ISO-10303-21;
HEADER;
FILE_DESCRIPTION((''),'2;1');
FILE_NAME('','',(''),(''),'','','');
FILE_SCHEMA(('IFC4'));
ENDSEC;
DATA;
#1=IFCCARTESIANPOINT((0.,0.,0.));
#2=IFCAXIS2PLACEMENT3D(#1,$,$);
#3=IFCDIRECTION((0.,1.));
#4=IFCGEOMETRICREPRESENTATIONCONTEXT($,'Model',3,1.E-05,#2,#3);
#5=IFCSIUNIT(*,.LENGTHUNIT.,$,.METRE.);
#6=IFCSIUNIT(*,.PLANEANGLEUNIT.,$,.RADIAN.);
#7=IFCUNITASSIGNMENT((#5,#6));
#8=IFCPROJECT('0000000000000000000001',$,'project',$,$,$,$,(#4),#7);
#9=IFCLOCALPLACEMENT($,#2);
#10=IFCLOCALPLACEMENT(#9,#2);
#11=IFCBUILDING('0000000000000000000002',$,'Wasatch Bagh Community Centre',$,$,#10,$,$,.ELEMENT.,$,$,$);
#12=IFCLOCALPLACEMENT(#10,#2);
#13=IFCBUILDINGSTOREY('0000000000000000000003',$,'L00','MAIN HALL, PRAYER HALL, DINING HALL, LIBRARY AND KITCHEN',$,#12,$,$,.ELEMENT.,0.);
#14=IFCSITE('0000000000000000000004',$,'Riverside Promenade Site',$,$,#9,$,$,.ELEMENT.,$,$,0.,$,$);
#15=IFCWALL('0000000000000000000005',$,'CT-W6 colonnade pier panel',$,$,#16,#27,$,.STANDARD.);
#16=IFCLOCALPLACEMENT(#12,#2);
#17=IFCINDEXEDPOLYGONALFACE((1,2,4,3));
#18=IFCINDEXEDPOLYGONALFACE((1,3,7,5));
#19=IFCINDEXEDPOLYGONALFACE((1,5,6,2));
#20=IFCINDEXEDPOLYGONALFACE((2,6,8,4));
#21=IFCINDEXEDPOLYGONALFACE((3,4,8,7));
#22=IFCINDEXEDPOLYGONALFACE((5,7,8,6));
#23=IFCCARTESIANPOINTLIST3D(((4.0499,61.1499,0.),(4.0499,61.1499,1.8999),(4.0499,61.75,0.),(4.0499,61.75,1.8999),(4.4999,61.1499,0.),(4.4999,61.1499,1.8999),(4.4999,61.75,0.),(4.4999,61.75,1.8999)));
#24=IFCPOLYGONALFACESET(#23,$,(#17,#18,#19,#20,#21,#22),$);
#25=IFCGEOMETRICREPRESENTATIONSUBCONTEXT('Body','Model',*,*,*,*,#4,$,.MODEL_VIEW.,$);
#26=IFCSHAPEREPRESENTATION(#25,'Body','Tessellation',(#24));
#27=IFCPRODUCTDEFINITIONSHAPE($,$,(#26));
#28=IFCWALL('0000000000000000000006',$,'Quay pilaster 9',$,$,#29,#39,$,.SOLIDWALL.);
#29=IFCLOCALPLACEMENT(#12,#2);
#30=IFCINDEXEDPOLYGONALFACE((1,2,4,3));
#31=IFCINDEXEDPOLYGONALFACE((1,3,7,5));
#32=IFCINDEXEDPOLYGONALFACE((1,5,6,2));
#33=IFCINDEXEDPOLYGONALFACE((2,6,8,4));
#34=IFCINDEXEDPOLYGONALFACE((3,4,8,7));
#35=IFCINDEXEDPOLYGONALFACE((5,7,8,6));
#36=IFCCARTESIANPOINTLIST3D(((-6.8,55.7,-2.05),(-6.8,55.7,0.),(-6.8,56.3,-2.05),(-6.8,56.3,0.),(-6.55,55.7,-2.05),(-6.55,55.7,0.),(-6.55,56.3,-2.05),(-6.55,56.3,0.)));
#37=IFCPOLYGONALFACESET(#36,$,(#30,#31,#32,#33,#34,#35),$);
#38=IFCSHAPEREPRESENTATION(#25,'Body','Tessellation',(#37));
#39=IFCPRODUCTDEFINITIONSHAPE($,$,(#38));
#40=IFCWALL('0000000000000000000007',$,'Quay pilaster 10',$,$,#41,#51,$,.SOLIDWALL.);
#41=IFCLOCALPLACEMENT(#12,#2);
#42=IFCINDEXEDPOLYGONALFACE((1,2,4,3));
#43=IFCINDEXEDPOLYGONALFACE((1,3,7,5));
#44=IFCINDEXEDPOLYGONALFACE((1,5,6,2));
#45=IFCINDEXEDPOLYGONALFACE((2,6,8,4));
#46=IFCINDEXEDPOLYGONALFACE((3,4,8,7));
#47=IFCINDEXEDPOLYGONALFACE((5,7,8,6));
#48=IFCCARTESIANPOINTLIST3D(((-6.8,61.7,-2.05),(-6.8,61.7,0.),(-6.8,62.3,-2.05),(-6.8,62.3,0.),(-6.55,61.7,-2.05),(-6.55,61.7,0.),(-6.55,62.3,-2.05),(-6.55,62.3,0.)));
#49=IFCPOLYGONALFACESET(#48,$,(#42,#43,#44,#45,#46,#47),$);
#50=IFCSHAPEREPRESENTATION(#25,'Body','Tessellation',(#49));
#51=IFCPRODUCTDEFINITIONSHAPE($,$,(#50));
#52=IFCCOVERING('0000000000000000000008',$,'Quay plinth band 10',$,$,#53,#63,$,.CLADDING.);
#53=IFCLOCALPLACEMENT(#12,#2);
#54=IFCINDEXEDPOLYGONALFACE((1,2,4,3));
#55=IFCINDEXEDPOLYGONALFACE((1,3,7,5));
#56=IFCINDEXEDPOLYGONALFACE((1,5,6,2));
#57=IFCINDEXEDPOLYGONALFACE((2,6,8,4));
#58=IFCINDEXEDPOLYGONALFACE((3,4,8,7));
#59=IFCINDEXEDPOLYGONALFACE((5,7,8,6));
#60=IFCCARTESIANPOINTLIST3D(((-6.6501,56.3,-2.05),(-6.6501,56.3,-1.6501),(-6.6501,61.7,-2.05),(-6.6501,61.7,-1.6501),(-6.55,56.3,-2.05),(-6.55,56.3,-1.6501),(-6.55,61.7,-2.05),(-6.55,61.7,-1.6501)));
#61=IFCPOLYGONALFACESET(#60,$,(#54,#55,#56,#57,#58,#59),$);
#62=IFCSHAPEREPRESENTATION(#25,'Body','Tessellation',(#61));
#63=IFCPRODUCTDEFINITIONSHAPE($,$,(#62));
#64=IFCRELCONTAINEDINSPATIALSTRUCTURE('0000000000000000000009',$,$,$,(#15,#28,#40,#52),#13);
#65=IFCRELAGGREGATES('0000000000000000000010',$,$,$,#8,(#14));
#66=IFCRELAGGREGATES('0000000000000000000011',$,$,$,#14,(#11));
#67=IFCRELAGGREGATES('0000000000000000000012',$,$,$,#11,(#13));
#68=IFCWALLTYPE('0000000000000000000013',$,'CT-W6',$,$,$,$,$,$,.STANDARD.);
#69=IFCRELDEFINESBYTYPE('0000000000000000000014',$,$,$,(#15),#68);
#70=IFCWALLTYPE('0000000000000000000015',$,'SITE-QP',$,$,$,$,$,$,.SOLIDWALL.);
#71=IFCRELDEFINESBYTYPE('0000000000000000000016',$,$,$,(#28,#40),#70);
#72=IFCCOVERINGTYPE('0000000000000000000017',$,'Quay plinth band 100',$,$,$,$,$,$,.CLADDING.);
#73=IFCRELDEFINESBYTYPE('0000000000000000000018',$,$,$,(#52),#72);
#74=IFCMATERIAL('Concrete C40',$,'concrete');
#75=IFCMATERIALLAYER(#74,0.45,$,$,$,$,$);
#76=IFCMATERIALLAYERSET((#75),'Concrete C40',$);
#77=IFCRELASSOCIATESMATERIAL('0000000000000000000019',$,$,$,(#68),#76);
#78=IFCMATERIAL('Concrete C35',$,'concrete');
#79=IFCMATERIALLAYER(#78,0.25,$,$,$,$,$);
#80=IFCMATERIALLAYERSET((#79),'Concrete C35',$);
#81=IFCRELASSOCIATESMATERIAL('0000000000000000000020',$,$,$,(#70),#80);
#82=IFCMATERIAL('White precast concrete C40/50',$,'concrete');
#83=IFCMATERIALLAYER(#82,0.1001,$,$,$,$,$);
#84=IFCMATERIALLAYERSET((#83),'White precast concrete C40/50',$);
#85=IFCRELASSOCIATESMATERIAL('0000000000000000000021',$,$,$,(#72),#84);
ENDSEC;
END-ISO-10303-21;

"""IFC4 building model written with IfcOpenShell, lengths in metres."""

from ifc_helpers import new_model, si_unit, direction, frame, frame_2d, origin, origin_2d, place, context, subcontext, project, spatial, rectangle, extrude, material, layer, layer_set, type_object, element, save


model = new_model("IFC4")

# Units and contexts
model_context = context("Model", 3, precision=1e-05, world=origin(), true_north=direction((0.0, 1.0)))
body_context = subcontext(model_context, "Body", "Model", "MODEL_VIEW")
ifc_project = project(units=[si_unit("LENGTHUNIT", "METRE"), si_unit("PLANEANGLEUNIT", "RADIAN")], contexts=[model_context])

# Site, building, storey
site_placement = place(None, origin())
site = spatial("IfcSite", under=ifc_project, at=site_placement, Name="Riverside Promenade Site", CompositionType="ELEMENT", RefElevation=0.0)
building_placement = place(site_placement, origin())
building = spatial("IfcBuilding", under=site, at=building_placement, Name="Wasatch Bagh Community Centre", CompositionType="ELEMENT")
storey_placement = place(building_placement, origin())
storey = spatial("IfcBuildingStorey", under=building, at=storey_placement, Name="L00", Description="MAIN HALL, PRAYER HALL, DINING HALL, LIBRARY AND KITCHEN", CompositionType="ELEMENT", Elevation=0.0)

# Shared definitions
ifc_material_1 = material(Name="Concrete C40", Category="concrete")

# Shared definitions
ifc_material_2 = material(Name="Concrete C35", Category="concrete")

# Walls
ifc_layer_1 = layer(ifc_material_1, 0.45)
ifc_layer_set_1 = layer_set([ifc_layer_1], Name="Concrete C40")
wall_type_1 = type_object("IfcWallType", Name="CT-W6", PredefinedType="STANDARD", material=ifc_layer_set_1)
wall_1_placement = place(storey_placement, frame((4.2749, 61.75, 0.0), z_axis=(0.0, 0.0, 1.0), x_axis=(0.0, -1.0, 0.0)))
element("IfcWall", 1, at=wall_1_placement, inside=storey, type_object=wall_type_1, Name="CT-W6 colonnade pier panel", PredefinedType="STANDARD", context=body_context, shape_type="SweptSolid", body=[
    extrude(rectangle(XDim=0.6001, YDim=0.45, at=frame_2d((0.3, 0.0))), origin(), (0.0, 0.0, 1.0), 1.8999),
])
ifc_layer_2 = layer(ifc_material_2, 0.25)
ifc_layer_set_2 = layer_set([ifc_layer_2], Name="Concrete C35")
wall_type_2 = type_object("IfcWallType", Name="SITE-QP", PredefinedType="SOLIDWALL", material=ifc_layer_set_2)
for number, where, z_axis, x_axis, name in (
    (2, (-6.675, 55.7, -2.05), (0.0, 0.0, 1.0), (0.0, 1.0, 0.0), "Quay pilaster 9"),
    (3, (-6.675, 61.7, -2.05), (0.0, 0.0, 1.0), (0.0, 1.0, 0.0), "Quay pilaster 10"),
):
    element("IfcWall", number, at=place(storey_placement, frame(where, z_axis=z_axis, x_axis=x_axis)), inside=storey, type_object=wall_type_2, Name=name, PredefinedType="SOLIDWALL", context=body_context, shape_type="SweptSolid", body=[
        extrude(rectangle(XDim=0.6001, YDim=0.25, at=frame_2d((0.3, 0.0))), origin(), (0.0, 0.0, 1.0), 2.05),
    ])

# Covering
ifc_material_3 = material(Name="White precast concrete C40/50", Category="concrete")
ifc_layer_3 = layer(ifc_material_3, 0.1001)
ifc_layer_set_3 = layer_set([ifc_layer_3], Name="White precast concrete C40/50")
covering_type = type_object("IfcCoveringType", Name="Quay plinth band 100", PredefinedType="CLADDING", material=ifc_layer_set_3)
covering_placement = place(storey_placement, frame((-6.6001, 59.0, -2.05), z_axis=(0.0, 0.0, 1.0), x_axis=(1.0, 0.0, 0.0)))
element("IfcCovering", 4, at=covering_placement, inside=storey, type_object=covering_type, Name="Quay plinth band 10", PredefinedType="CLADDING", context=body_context, shape_type="SweptSolid", body=[
    extrude(rectangle(XDim=0.1001, YDim=5.3999, at=origin_2d()), origin(), (0.0, 0.0, 1.0), 0.3999),
])

save(model, "model.ifc")
